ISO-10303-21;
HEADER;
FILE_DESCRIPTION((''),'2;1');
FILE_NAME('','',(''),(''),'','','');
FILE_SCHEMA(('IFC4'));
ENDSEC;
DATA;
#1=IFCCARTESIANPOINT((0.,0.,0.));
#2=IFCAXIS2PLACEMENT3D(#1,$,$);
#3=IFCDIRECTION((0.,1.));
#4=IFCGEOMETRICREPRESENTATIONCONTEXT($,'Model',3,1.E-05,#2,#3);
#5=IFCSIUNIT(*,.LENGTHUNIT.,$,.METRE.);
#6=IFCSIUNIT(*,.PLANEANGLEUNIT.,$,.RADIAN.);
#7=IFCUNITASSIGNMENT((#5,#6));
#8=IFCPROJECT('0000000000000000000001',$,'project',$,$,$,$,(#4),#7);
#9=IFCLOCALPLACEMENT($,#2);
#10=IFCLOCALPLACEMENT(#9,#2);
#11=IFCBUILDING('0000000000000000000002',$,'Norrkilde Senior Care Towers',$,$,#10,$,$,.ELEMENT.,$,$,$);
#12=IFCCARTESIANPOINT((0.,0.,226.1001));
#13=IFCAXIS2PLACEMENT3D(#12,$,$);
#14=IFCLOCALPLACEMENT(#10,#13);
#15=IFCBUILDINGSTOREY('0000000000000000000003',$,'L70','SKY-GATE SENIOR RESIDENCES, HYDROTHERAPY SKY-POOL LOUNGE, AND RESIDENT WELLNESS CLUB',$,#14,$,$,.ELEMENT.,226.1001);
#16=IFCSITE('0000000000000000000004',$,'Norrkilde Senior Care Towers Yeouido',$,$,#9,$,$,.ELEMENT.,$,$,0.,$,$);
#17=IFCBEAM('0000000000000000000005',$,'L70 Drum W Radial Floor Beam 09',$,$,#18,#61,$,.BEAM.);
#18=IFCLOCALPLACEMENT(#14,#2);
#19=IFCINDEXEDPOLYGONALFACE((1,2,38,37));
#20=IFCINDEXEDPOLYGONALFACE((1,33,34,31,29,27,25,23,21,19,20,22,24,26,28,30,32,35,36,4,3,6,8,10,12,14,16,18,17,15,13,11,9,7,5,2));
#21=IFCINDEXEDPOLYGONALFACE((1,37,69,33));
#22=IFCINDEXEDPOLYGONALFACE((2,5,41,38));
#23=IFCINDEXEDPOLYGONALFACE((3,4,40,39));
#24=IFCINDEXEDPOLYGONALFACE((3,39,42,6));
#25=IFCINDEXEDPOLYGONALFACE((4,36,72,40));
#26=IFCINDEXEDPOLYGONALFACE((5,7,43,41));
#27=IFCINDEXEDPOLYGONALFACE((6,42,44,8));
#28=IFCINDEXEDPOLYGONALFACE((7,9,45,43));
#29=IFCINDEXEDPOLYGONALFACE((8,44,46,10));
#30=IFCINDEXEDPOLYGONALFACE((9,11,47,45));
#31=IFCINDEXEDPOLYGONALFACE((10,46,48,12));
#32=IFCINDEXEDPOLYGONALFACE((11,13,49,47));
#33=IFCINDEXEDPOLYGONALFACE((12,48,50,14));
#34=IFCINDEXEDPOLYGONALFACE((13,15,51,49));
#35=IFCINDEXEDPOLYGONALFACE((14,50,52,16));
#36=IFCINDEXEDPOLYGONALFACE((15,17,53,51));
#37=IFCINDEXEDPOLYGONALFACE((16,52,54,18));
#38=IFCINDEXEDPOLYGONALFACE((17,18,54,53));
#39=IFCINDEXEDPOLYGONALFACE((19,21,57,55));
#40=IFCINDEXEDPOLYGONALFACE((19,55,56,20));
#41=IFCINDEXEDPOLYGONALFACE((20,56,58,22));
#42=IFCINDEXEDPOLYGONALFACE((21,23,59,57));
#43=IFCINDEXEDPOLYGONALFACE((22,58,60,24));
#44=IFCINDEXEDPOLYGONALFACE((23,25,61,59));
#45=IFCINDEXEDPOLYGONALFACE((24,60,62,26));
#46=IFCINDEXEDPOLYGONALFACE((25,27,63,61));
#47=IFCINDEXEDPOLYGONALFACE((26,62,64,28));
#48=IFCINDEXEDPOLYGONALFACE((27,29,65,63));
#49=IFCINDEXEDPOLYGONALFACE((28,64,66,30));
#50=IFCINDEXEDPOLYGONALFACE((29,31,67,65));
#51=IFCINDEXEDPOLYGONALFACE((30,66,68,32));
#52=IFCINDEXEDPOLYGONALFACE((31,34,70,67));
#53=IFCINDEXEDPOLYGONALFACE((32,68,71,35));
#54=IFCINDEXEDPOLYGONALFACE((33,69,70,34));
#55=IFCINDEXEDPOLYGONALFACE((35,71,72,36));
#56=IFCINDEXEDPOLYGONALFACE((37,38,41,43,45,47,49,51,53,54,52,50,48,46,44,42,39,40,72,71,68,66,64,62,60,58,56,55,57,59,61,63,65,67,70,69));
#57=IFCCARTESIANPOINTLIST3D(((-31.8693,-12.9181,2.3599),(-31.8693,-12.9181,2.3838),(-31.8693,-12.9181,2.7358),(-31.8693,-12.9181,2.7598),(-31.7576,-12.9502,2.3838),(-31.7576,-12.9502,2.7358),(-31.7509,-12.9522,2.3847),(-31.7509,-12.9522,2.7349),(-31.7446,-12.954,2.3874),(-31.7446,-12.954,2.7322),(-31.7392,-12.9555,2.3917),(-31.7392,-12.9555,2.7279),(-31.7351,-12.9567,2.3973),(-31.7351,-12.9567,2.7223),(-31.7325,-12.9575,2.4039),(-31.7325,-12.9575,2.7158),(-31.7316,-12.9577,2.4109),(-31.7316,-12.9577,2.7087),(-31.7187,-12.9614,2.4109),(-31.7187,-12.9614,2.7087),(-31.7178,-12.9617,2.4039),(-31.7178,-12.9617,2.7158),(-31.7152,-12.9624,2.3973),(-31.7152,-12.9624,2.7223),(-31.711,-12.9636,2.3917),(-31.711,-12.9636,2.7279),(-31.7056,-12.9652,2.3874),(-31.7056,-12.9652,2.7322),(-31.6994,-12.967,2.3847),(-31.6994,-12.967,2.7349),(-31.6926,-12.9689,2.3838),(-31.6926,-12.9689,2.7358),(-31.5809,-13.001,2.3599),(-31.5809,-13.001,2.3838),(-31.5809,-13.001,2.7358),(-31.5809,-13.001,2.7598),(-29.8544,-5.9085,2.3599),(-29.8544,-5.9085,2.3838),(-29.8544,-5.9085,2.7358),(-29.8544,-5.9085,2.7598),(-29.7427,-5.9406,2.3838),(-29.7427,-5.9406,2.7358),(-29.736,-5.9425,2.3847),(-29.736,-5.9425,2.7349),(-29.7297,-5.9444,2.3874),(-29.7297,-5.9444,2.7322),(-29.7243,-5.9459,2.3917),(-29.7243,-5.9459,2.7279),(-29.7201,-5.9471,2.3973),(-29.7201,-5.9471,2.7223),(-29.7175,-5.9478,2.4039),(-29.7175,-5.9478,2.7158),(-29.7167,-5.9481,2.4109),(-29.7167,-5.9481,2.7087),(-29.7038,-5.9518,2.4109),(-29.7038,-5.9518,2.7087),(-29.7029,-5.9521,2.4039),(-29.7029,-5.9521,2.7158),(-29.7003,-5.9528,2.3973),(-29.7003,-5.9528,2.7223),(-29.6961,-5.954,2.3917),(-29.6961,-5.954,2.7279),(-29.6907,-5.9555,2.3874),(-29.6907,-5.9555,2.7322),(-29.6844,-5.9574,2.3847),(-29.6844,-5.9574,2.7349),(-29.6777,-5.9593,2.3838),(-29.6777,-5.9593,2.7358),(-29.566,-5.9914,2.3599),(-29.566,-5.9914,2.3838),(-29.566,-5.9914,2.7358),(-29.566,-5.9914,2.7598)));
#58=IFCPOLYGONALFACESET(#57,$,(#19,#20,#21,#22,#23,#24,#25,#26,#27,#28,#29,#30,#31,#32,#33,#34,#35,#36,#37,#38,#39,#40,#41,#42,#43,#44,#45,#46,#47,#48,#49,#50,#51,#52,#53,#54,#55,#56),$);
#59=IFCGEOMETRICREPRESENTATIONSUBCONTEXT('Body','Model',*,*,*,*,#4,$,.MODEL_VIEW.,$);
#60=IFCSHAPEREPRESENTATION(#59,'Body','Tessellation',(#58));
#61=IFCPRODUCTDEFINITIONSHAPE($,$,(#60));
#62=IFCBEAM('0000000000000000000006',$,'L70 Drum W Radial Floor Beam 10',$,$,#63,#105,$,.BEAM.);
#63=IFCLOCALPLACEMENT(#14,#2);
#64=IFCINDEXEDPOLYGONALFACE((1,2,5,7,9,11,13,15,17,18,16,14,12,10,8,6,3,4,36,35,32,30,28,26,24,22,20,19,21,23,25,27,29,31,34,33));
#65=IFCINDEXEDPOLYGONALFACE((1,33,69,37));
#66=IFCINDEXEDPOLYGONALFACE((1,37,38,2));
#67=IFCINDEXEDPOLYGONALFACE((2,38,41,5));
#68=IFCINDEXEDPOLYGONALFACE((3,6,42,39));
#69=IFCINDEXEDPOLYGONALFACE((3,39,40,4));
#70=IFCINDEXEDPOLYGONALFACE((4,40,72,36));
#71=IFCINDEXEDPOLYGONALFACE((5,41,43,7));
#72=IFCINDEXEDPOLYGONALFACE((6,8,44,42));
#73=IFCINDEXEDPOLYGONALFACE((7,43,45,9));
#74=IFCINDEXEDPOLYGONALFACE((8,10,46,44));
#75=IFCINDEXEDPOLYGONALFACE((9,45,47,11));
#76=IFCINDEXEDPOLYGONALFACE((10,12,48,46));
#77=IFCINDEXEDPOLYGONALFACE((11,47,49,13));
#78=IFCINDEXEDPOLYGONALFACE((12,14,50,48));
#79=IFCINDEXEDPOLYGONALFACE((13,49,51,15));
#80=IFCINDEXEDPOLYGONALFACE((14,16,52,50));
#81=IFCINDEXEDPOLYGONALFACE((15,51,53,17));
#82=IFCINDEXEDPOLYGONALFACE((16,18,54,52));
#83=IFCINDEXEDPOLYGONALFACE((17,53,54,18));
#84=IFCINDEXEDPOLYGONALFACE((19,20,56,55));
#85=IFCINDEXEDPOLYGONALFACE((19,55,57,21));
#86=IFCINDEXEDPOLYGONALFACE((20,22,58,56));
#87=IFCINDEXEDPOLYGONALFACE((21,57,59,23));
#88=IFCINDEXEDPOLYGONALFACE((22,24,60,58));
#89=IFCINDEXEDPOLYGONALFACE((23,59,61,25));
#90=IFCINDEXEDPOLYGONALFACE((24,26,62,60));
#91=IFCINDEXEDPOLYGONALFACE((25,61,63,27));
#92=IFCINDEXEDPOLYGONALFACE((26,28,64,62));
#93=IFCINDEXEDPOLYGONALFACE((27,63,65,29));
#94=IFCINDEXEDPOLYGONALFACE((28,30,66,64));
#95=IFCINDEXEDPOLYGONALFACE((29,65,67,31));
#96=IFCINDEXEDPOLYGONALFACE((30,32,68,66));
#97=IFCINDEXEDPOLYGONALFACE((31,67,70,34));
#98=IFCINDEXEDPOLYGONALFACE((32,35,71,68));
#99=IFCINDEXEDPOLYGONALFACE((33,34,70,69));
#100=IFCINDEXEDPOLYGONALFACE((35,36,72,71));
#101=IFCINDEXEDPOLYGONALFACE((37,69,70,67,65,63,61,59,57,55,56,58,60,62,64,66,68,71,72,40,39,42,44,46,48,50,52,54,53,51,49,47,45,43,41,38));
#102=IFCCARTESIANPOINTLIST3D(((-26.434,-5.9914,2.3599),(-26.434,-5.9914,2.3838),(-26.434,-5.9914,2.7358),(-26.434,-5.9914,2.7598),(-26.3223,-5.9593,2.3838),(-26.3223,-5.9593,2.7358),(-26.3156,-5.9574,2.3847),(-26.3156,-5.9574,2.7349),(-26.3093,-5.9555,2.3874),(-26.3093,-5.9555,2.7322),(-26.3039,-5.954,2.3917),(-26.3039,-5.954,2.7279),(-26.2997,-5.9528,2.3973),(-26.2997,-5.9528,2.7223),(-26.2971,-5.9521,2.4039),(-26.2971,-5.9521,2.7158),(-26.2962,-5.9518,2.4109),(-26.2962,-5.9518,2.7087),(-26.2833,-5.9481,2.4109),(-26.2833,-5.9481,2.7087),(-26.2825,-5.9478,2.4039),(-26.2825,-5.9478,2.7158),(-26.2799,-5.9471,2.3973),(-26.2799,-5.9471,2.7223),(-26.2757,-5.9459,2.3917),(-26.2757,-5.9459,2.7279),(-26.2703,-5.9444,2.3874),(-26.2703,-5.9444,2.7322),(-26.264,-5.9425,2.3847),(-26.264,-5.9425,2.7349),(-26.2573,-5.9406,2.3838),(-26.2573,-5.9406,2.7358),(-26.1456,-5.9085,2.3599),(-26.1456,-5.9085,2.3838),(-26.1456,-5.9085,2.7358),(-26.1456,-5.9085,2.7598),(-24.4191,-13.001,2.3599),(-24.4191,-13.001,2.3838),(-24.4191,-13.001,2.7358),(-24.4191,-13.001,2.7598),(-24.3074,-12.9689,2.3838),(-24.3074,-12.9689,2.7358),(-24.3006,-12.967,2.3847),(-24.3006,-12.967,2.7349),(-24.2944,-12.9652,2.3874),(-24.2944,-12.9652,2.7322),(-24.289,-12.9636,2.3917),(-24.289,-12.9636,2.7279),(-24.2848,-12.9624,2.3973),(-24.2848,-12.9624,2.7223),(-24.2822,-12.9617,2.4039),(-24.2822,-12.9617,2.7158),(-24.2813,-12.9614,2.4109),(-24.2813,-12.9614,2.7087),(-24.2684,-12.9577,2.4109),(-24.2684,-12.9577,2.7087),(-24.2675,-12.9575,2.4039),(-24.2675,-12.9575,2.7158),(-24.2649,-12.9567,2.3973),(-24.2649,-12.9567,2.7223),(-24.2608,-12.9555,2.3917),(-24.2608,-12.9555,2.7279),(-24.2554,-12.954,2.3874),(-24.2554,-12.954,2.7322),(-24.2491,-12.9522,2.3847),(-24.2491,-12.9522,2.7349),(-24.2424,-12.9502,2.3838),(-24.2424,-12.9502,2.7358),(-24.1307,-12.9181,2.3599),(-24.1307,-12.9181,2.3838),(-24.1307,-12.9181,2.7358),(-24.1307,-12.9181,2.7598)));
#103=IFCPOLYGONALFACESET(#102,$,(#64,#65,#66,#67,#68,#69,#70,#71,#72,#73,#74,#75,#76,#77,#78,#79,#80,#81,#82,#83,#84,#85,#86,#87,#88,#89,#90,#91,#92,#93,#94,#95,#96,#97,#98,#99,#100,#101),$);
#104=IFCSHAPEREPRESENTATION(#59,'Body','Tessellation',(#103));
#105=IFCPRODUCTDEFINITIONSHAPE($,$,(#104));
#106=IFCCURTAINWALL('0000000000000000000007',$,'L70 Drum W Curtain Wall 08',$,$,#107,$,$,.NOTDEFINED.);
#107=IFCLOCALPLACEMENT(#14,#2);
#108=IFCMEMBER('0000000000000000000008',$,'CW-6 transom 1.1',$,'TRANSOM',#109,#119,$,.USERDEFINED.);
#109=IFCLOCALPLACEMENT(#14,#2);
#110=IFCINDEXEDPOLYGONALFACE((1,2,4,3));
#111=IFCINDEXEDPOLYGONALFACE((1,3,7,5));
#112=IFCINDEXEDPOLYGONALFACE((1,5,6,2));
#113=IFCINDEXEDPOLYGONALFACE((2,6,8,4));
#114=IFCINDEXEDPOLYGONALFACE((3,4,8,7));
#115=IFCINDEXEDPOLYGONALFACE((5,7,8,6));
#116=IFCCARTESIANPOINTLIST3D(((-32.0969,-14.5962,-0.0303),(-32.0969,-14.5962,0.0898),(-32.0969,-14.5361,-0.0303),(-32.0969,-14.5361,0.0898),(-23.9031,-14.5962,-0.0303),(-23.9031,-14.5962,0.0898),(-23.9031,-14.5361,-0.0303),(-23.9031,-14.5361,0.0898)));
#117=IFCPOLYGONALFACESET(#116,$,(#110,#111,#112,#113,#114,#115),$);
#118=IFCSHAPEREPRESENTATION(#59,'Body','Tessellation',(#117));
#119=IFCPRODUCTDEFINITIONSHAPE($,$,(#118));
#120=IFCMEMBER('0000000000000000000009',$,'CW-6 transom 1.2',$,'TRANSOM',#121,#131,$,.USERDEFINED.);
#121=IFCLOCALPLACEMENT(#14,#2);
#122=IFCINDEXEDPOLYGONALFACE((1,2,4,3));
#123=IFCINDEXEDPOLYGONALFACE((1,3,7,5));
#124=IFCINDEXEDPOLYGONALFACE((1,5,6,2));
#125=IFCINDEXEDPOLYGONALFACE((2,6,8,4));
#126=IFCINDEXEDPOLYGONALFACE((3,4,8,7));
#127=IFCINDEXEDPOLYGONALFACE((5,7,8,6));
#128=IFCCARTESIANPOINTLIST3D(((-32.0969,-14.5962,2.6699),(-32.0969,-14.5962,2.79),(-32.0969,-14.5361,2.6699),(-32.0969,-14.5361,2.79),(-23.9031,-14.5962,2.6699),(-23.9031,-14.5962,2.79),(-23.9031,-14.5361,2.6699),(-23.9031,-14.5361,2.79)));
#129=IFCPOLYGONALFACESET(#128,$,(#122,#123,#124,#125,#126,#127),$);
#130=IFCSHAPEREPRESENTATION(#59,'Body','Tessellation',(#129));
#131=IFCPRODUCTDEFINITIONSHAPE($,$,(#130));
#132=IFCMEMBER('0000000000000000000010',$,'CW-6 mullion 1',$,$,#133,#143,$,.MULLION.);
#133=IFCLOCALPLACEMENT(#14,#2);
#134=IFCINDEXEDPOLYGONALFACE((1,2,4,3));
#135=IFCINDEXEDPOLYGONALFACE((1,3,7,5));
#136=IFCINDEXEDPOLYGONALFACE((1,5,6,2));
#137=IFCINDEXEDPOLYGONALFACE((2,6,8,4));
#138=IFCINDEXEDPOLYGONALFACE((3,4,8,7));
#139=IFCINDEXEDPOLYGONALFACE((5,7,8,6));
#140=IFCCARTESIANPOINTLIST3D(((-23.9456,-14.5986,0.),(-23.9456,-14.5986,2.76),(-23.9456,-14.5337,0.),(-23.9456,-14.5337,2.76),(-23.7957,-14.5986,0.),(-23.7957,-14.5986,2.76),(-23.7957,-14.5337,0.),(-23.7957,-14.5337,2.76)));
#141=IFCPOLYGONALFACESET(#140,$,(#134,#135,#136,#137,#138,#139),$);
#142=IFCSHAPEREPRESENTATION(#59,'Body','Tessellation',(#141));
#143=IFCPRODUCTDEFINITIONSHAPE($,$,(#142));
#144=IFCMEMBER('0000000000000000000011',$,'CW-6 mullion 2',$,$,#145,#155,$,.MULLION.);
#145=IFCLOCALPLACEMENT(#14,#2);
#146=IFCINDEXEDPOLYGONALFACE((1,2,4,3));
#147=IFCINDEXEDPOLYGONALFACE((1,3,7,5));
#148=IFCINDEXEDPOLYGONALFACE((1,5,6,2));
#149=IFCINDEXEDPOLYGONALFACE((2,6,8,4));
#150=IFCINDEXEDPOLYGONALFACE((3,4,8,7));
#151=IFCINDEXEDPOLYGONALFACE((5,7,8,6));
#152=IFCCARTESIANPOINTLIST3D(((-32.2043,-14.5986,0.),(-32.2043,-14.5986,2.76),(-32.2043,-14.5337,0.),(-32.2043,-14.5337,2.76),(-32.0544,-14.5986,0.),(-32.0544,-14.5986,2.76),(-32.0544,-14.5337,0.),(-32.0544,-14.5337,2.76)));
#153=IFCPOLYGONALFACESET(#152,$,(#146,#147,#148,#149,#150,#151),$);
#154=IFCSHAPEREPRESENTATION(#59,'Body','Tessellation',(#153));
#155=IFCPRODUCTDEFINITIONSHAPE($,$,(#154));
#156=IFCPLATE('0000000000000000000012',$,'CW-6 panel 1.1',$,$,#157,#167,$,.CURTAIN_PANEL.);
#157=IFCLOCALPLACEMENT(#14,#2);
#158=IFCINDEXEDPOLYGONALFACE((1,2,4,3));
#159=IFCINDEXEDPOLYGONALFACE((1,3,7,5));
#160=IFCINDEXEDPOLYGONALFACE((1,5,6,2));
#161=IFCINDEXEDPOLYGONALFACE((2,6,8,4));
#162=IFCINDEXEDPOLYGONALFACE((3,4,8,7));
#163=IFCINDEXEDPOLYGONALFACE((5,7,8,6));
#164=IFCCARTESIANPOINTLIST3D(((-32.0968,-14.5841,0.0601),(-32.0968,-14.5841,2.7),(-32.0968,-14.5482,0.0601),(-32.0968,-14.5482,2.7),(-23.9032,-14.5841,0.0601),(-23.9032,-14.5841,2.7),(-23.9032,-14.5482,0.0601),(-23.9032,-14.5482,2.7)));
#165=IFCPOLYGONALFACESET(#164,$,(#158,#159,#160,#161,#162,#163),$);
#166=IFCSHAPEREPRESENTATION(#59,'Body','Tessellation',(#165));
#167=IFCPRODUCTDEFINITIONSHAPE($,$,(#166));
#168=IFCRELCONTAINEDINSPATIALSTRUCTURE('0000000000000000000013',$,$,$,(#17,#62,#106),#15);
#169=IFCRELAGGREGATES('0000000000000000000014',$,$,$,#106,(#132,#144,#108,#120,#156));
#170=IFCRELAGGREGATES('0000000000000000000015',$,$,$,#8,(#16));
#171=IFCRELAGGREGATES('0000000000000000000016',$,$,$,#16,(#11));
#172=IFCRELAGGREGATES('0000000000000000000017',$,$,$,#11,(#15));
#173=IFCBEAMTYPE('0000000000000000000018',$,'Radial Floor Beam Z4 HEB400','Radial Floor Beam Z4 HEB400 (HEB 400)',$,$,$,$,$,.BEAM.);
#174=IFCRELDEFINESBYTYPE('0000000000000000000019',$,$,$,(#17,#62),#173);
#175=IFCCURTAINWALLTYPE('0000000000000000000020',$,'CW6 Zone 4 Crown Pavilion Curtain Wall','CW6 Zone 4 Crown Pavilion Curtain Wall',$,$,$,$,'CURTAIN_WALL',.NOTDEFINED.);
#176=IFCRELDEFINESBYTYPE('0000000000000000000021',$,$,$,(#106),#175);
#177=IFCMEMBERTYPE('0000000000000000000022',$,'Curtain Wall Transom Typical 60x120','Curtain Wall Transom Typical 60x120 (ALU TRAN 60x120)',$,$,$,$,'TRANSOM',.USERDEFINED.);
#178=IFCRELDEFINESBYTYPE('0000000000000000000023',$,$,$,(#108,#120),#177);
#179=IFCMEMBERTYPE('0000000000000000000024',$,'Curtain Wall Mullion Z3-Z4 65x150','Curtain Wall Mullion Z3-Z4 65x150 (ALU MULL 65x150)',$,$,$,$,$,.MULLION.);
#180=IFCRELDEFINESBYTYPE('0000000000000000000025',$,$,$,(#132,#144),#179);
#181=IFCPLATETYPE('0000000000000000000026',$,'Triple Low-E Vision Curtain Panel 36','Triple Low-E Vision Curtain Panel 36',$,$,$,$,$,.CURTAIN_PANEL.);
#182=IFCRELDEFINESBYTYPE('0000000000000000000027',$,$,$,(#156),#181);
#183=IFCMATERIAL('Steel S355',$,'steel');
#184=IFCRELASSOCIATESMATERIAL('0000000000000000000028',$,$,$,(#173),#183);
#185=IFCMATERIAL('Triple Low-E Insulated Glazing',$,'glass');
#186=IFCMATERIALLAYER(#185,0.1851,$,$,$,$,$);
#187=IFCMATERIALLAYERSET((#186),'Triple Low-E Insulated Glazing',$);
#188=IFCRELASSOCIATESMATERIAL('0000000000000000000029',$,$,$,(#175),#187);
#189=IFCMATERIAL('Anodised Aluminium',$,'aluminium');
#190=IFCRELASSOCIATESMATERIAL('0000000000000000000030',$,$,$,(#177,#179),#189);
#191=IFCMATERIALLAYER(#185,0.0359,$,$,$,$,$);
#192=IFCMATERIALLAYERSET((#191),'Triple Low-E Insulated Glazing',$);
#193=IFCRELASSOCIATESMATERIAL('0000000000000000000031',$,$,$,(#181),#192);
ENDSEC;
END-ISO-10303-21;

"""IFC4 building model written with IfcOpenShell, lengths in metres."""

from ifc_helpers import new_model, si_unit, direction, frame, origin, origin_2d, place, context, subcontext, project, spatial, rectangle, i_section, extrude, source, transform, mapped, material, layer, layer_set, material_profile, profile_set, type_object, type_shapes, element, aggregate, save


model = new_model("IFC4")

# Units and contexts
model_context = context("Model", 3, precision=1e-05, world=origin(), true_north=direction((0.0, 1.0)))
body_context = subcontext(model_context, "Body", "Model", "MODEL_VIEW")
ifc_project = project(units=[si_unit("LENGTHUNIT", "METRE"), si_unit("PLANEANGLEUNIT", "RADIAN")], contexts=[model_context])

# Site, building, storey
site_placement = place(None, origin())
site = spatial("IfcSite", under=ifc_project, at=site_placement, Name="Norrkilde Senior Care Towers Yeouido", CompositionType="ELEMENT", RefElevation=0.0)
building_placement = place(site_placement, origin())
building = spatial("IfcBuilding", under=site, at=building_placement, Name="Norrkilde Senior Care Towers", CompositionType="ELEMENT")
storey_placement = place(building_placement, frame((0.0, 0.0, 226.1001)))
storey = spatial("IfcBuildingStorey", under=building, at=storey_placement, Name="L70", Description="SKY-GATE SENIOR RESIDENCES, HYDROTHERAPY SKY-POOL LOUNGE, AND RESIDENT WELLNESS CLUB", CompositionType="ELEMENT", Elevation=226.1001)

# Beams
ifc_material_1 = material(Name="Steel S355", Category="steel")
ifc_material_profile_1 = material_profile(ifc_material_1, i_section(OverallWidth=0.3, OverallDepth=0.3999, WebThickness=0.0134, FlangeThickness=0.0239, FilletRadius=0.0271, at=origin_2d()), Name="HEB 400")
ifc_profile_set_1 = profile_set([ifc_material_profile_1], Name="Steel S355")
beam_type_1 = type_object("IfcBeamType", Name="Radial Floor Beam Z4 HEB400", Description="Radial Floor Beam Z4 HEB400 (HEB 400)", PredefinedType="BEAM", material=ifc_profile_set_1)
shared_shape_1 = source(origin(), body_context, "Body", "SweptSolid", [
    extrude(i_section(OverallWidth=0.3, OverallDepth=0.3999, WebThickness=0.0134, FlangeThickness=0.0239, FilletRadius=0.0271, at=origin_2d()), origin(), (0.0, 0.0, 1.0), 7.2935),
])
type_shapes(beam_type_1, [shared_shape_1])
for number, where, z_axis, x_axis, name in (
    (1, (-29.7102, -5.95, 2.5598), (-0.276264, -0.961082, 0.0), (0.961082, -0.276264, 0.0), "L70 Drum W Radial Floor Beam 09"),
    (2, (-26.2898, -5.95, 2.5598), (0.276264, -0.961082, 0.0), (0.961082, 0.276264, 0.0), "L70 Drum W Radial Floor Beam 10"),
):
    element("IfcBeam", number, at=place(storey_placement, frame(where, z_axis=z_axis, x_axis=x_axis)), inside=storey, type_object=beam_type_1, Name=name, PredefinedType="BEAM", context=body_context, shape_type="MappedRepresentation", body=[
        mapped(shared_shape_1, transform((0.0, 0.0, 0.0), x_axis=(1.0, 0.0, 0.0), y_axis=(0.0, 1.0, 0.0), z_axis=(0.0, 0.0, 1.0), scale=1.0)),
    ])

# Curtain wall, members, plate
ifc_material_2 = material(Name="Triple Low-E Insulated Glazing", Category="glass")
ifc_layer_1 = layer(ifc_material_2, 0.1851)
ifc_layer_set_1 = layer_set([ifc_layer_1], Name="Triple Low-E Insulated Glazing")
curtain_wall_type = type_object("IfcCurtainWallType", Name="CW6 Zone 4 Crown Pavilion Curtain Wall", Description="CW6 Zone 4 Crown Pavilion Curtain Wall", ElementType="CURTAIN_WALL", PredefinedType="NOTDEFINED", material=ifc_layer_set_1)
curtain_wall_placement = place(storey_placement, origin())
curtain_wall = element("IfcCurtainWall", 3, at=curtain_wall_placement, inside=storey, type_object=curtain_wall_type, Name="L70 Drum W Curtain Wall 08", PredefinedType="NOTDEFINED")
ifc_material_3 = material(Name="Anodised Aluminium", Category="aluminium")
ifc_material_profile_2 = material_profile(ifc_material_3, rectangle(XDim=0.0601, YDim=0.1201, at=origin_2d()), Name="ALU TRAN 60x120")
ifc_profile_set_2 = profile_set([ifc_material_profile_2], Name="Anodised Aluminium")
member_type_1 = type_object("IfcMemberType", Name="Curtain Wall Transom Typical 60x120", Description="Curtain Wall Transom Typical 60x120 (ALU TRAN 60x120)", ElementType="TRANSOM", PredefinedType="USERDEFINED", material=ifc_profile_set_2)
shared_shape_2 = source(origin(), body_context, "Body", "SweptSolid", [
    extrude(rectangle(XDim=0.0601, YDim=0.1201, at=origin_2d()), origin(), (0.0, 0.0, 1.0), 8.1938),
])
type_shapes(member_type_1, [shared_shape_2])
member_1_placement = place(storey_placement, frame((-23.9031, -14.5662, 0.0298), z_axis=(-1.0, 0.0, 0.0), x_axis=(0.0, -1.0, 0.0)))
member_1 = element("IfcMember", 4, at=member_1_placement, type_object=member_type_1, Name="CW-6 transom 1.1", ObjectType="TRANSOM", PredefinedType="USERDEFINED", context=body_context, shape_type="MappedRepresentation", body=[
    mapped(shared_shape_2, transform((0.0, 0.0, 0.0), x_axis=(1.0, 0.0, 0.0), y_axis=(0.0, 1.0, 0.0), z_axis=(0.0, 0.0, 1.0), scale=1.0)),
])
member_2_placement = place(storey_placement, frame((-23.9031, -14.5662, 2.73), z_axis=(-1.0, 0.0, 0.0), x_axis=(0.0, -1.0, 0.0)))
member_2 = element("IfcMember", 5, at=member_2_placement, type_object=member_type_1, Name="CW-6 transom 1.2", ObjectType="TRANSOM", PredefinedType="USERDEFINED", context=body_context, shape_type="MappedRepresentation", body=[
    mapped(shared_shape_2, transform((0.0, 0.0, 0.0), x_axis=(1.0, 0.0, 0.0), y_axis=(0.0, 1.0, 0.0), z_axis=(0.0, 0.0, 1.0), scale=1.0)),
])
ifc_material_profile_3 = material_profile(ifc_material_3, rectangle(XDim=0.0649, YDim=0.1499, at=origin_2d()), Name="ALU MULL 65x150")
ifc_profile_set_3 = profile_set([ifc_material_profile_3], Name="Anodised Aluminium")
member_type_2 = type_object("IfcMemberType", Name="Curtain Wall Mullion Z3-Z4 65x150", Description="Curtain Wall Mullion Z3-Z4 65x150 (ALU MULL 65x150)", PredefinedType="MULLION", material=ifc_profile_set_3)
shared_shape_3 = source(origin(), body_context, "Body", "SweptSolid", [
    extrude(rectangle(XDim=0.0649, YDim=0.1499, at=origin_2d()), origin(), (0.0, 0.0, 1.0), 2.76),
])
type_shapes(member_type_2, [shared_shape_3])
member_3_placement = place(storey_placement, frame((-23.8706, -14.5662, 0.0), z_axis=(0.0, 0.0, 1.0), x_axis=(0.0, -1.0, 0.0)))
member_3 = element("IfcMember", 6, at=member_3_placement, type_object=member_type_2, Name="CW-6 mullion 1", PredefinedType="MULLION", context=body_context, shape_type="MappedRepresentation", body=[
    mapped(shared_shape_3, transform((0.0, 0.0, 0.0), x_axis=(1.0, 0.0, 0.0), y_axis=(0.0, 1.0, 0.0), z_axis=(0.0, 0.0, 1.0), scale=1.0)),
])
member_4_placement = place(storey_placement, frame((-32.1294, -14.5662, 0.0), z_axis=(0.0, 0.0, 1.0), x_axis=(0.0, -1.0, 0.0)))
member_4 = element("IfcMember", 7, at=member_4_placement, type_object=member_type_2, Name="CW-6 mullion 2", PredefinedType="MULLION", context=body_context, shape_type="MappedRepresentation", body=[
    mapped(shared_shape_3, transform((0.0, 0.0, 0.0), x_axis=(1.0, 0.0, 0.0), y_axis=(0.0, 1.0, 0.0), z_axis=(0.0, 0.0, 1.0), scale=1.0)),
])
ifc_layer_2 = layer(ifc_material_2, 0.0359)
ifc_layer_set_2 = layer_set([ifc_layer_2], Name="Triple Low-E Insulated Glazing")
plate_type = type_object("IfcPlateType", Name="Triple Low-E Vision Curtain Panel 36", Description="Triple Low-E Vision Curtain Panel 36", PredefinedType="CURTAIN_PANEL", material=ifc_layer_set_2)
shared_shape_4 = source(origin(), body_context, "Body", "SweptSolid", [
    extrude(rectangle(XDim=8.1936, YDim=0.0359, at=origin_2d()), origin(), (0.0, 0.0, 1.0), 2.6399),
])
type_shapes(plate_type, [shared_shape_4])
plate_placement = place(storey_placement, frame((-28.0, -14.5662, 0.0601), z_axis=(0.0, 0.0, 1.0), x_axis=(-1.0, 0.0, 0.0)))
plate = element("IfcPlate", 8, at=plate_placement, type_object=plate_type, Name="CW-6 panel 1.1", PredefinedType="CURTAIN_PANEL", context=body_context, shape_type="MappedRepresentation", body=[
    mapped(shared_shape_4, transform((0.0, 0.0, 0.0), x_axis=(1.0, 0.0, 0.0), y_axis=(0.0, 1.0, 0.0), z_axis=(0.0, 0.0, 1.0), scale=1.0)),
])
aggregate(curtain_wall, [member_3, member_4, member_1, member_2, plate])

save(model, "model.ifc")
